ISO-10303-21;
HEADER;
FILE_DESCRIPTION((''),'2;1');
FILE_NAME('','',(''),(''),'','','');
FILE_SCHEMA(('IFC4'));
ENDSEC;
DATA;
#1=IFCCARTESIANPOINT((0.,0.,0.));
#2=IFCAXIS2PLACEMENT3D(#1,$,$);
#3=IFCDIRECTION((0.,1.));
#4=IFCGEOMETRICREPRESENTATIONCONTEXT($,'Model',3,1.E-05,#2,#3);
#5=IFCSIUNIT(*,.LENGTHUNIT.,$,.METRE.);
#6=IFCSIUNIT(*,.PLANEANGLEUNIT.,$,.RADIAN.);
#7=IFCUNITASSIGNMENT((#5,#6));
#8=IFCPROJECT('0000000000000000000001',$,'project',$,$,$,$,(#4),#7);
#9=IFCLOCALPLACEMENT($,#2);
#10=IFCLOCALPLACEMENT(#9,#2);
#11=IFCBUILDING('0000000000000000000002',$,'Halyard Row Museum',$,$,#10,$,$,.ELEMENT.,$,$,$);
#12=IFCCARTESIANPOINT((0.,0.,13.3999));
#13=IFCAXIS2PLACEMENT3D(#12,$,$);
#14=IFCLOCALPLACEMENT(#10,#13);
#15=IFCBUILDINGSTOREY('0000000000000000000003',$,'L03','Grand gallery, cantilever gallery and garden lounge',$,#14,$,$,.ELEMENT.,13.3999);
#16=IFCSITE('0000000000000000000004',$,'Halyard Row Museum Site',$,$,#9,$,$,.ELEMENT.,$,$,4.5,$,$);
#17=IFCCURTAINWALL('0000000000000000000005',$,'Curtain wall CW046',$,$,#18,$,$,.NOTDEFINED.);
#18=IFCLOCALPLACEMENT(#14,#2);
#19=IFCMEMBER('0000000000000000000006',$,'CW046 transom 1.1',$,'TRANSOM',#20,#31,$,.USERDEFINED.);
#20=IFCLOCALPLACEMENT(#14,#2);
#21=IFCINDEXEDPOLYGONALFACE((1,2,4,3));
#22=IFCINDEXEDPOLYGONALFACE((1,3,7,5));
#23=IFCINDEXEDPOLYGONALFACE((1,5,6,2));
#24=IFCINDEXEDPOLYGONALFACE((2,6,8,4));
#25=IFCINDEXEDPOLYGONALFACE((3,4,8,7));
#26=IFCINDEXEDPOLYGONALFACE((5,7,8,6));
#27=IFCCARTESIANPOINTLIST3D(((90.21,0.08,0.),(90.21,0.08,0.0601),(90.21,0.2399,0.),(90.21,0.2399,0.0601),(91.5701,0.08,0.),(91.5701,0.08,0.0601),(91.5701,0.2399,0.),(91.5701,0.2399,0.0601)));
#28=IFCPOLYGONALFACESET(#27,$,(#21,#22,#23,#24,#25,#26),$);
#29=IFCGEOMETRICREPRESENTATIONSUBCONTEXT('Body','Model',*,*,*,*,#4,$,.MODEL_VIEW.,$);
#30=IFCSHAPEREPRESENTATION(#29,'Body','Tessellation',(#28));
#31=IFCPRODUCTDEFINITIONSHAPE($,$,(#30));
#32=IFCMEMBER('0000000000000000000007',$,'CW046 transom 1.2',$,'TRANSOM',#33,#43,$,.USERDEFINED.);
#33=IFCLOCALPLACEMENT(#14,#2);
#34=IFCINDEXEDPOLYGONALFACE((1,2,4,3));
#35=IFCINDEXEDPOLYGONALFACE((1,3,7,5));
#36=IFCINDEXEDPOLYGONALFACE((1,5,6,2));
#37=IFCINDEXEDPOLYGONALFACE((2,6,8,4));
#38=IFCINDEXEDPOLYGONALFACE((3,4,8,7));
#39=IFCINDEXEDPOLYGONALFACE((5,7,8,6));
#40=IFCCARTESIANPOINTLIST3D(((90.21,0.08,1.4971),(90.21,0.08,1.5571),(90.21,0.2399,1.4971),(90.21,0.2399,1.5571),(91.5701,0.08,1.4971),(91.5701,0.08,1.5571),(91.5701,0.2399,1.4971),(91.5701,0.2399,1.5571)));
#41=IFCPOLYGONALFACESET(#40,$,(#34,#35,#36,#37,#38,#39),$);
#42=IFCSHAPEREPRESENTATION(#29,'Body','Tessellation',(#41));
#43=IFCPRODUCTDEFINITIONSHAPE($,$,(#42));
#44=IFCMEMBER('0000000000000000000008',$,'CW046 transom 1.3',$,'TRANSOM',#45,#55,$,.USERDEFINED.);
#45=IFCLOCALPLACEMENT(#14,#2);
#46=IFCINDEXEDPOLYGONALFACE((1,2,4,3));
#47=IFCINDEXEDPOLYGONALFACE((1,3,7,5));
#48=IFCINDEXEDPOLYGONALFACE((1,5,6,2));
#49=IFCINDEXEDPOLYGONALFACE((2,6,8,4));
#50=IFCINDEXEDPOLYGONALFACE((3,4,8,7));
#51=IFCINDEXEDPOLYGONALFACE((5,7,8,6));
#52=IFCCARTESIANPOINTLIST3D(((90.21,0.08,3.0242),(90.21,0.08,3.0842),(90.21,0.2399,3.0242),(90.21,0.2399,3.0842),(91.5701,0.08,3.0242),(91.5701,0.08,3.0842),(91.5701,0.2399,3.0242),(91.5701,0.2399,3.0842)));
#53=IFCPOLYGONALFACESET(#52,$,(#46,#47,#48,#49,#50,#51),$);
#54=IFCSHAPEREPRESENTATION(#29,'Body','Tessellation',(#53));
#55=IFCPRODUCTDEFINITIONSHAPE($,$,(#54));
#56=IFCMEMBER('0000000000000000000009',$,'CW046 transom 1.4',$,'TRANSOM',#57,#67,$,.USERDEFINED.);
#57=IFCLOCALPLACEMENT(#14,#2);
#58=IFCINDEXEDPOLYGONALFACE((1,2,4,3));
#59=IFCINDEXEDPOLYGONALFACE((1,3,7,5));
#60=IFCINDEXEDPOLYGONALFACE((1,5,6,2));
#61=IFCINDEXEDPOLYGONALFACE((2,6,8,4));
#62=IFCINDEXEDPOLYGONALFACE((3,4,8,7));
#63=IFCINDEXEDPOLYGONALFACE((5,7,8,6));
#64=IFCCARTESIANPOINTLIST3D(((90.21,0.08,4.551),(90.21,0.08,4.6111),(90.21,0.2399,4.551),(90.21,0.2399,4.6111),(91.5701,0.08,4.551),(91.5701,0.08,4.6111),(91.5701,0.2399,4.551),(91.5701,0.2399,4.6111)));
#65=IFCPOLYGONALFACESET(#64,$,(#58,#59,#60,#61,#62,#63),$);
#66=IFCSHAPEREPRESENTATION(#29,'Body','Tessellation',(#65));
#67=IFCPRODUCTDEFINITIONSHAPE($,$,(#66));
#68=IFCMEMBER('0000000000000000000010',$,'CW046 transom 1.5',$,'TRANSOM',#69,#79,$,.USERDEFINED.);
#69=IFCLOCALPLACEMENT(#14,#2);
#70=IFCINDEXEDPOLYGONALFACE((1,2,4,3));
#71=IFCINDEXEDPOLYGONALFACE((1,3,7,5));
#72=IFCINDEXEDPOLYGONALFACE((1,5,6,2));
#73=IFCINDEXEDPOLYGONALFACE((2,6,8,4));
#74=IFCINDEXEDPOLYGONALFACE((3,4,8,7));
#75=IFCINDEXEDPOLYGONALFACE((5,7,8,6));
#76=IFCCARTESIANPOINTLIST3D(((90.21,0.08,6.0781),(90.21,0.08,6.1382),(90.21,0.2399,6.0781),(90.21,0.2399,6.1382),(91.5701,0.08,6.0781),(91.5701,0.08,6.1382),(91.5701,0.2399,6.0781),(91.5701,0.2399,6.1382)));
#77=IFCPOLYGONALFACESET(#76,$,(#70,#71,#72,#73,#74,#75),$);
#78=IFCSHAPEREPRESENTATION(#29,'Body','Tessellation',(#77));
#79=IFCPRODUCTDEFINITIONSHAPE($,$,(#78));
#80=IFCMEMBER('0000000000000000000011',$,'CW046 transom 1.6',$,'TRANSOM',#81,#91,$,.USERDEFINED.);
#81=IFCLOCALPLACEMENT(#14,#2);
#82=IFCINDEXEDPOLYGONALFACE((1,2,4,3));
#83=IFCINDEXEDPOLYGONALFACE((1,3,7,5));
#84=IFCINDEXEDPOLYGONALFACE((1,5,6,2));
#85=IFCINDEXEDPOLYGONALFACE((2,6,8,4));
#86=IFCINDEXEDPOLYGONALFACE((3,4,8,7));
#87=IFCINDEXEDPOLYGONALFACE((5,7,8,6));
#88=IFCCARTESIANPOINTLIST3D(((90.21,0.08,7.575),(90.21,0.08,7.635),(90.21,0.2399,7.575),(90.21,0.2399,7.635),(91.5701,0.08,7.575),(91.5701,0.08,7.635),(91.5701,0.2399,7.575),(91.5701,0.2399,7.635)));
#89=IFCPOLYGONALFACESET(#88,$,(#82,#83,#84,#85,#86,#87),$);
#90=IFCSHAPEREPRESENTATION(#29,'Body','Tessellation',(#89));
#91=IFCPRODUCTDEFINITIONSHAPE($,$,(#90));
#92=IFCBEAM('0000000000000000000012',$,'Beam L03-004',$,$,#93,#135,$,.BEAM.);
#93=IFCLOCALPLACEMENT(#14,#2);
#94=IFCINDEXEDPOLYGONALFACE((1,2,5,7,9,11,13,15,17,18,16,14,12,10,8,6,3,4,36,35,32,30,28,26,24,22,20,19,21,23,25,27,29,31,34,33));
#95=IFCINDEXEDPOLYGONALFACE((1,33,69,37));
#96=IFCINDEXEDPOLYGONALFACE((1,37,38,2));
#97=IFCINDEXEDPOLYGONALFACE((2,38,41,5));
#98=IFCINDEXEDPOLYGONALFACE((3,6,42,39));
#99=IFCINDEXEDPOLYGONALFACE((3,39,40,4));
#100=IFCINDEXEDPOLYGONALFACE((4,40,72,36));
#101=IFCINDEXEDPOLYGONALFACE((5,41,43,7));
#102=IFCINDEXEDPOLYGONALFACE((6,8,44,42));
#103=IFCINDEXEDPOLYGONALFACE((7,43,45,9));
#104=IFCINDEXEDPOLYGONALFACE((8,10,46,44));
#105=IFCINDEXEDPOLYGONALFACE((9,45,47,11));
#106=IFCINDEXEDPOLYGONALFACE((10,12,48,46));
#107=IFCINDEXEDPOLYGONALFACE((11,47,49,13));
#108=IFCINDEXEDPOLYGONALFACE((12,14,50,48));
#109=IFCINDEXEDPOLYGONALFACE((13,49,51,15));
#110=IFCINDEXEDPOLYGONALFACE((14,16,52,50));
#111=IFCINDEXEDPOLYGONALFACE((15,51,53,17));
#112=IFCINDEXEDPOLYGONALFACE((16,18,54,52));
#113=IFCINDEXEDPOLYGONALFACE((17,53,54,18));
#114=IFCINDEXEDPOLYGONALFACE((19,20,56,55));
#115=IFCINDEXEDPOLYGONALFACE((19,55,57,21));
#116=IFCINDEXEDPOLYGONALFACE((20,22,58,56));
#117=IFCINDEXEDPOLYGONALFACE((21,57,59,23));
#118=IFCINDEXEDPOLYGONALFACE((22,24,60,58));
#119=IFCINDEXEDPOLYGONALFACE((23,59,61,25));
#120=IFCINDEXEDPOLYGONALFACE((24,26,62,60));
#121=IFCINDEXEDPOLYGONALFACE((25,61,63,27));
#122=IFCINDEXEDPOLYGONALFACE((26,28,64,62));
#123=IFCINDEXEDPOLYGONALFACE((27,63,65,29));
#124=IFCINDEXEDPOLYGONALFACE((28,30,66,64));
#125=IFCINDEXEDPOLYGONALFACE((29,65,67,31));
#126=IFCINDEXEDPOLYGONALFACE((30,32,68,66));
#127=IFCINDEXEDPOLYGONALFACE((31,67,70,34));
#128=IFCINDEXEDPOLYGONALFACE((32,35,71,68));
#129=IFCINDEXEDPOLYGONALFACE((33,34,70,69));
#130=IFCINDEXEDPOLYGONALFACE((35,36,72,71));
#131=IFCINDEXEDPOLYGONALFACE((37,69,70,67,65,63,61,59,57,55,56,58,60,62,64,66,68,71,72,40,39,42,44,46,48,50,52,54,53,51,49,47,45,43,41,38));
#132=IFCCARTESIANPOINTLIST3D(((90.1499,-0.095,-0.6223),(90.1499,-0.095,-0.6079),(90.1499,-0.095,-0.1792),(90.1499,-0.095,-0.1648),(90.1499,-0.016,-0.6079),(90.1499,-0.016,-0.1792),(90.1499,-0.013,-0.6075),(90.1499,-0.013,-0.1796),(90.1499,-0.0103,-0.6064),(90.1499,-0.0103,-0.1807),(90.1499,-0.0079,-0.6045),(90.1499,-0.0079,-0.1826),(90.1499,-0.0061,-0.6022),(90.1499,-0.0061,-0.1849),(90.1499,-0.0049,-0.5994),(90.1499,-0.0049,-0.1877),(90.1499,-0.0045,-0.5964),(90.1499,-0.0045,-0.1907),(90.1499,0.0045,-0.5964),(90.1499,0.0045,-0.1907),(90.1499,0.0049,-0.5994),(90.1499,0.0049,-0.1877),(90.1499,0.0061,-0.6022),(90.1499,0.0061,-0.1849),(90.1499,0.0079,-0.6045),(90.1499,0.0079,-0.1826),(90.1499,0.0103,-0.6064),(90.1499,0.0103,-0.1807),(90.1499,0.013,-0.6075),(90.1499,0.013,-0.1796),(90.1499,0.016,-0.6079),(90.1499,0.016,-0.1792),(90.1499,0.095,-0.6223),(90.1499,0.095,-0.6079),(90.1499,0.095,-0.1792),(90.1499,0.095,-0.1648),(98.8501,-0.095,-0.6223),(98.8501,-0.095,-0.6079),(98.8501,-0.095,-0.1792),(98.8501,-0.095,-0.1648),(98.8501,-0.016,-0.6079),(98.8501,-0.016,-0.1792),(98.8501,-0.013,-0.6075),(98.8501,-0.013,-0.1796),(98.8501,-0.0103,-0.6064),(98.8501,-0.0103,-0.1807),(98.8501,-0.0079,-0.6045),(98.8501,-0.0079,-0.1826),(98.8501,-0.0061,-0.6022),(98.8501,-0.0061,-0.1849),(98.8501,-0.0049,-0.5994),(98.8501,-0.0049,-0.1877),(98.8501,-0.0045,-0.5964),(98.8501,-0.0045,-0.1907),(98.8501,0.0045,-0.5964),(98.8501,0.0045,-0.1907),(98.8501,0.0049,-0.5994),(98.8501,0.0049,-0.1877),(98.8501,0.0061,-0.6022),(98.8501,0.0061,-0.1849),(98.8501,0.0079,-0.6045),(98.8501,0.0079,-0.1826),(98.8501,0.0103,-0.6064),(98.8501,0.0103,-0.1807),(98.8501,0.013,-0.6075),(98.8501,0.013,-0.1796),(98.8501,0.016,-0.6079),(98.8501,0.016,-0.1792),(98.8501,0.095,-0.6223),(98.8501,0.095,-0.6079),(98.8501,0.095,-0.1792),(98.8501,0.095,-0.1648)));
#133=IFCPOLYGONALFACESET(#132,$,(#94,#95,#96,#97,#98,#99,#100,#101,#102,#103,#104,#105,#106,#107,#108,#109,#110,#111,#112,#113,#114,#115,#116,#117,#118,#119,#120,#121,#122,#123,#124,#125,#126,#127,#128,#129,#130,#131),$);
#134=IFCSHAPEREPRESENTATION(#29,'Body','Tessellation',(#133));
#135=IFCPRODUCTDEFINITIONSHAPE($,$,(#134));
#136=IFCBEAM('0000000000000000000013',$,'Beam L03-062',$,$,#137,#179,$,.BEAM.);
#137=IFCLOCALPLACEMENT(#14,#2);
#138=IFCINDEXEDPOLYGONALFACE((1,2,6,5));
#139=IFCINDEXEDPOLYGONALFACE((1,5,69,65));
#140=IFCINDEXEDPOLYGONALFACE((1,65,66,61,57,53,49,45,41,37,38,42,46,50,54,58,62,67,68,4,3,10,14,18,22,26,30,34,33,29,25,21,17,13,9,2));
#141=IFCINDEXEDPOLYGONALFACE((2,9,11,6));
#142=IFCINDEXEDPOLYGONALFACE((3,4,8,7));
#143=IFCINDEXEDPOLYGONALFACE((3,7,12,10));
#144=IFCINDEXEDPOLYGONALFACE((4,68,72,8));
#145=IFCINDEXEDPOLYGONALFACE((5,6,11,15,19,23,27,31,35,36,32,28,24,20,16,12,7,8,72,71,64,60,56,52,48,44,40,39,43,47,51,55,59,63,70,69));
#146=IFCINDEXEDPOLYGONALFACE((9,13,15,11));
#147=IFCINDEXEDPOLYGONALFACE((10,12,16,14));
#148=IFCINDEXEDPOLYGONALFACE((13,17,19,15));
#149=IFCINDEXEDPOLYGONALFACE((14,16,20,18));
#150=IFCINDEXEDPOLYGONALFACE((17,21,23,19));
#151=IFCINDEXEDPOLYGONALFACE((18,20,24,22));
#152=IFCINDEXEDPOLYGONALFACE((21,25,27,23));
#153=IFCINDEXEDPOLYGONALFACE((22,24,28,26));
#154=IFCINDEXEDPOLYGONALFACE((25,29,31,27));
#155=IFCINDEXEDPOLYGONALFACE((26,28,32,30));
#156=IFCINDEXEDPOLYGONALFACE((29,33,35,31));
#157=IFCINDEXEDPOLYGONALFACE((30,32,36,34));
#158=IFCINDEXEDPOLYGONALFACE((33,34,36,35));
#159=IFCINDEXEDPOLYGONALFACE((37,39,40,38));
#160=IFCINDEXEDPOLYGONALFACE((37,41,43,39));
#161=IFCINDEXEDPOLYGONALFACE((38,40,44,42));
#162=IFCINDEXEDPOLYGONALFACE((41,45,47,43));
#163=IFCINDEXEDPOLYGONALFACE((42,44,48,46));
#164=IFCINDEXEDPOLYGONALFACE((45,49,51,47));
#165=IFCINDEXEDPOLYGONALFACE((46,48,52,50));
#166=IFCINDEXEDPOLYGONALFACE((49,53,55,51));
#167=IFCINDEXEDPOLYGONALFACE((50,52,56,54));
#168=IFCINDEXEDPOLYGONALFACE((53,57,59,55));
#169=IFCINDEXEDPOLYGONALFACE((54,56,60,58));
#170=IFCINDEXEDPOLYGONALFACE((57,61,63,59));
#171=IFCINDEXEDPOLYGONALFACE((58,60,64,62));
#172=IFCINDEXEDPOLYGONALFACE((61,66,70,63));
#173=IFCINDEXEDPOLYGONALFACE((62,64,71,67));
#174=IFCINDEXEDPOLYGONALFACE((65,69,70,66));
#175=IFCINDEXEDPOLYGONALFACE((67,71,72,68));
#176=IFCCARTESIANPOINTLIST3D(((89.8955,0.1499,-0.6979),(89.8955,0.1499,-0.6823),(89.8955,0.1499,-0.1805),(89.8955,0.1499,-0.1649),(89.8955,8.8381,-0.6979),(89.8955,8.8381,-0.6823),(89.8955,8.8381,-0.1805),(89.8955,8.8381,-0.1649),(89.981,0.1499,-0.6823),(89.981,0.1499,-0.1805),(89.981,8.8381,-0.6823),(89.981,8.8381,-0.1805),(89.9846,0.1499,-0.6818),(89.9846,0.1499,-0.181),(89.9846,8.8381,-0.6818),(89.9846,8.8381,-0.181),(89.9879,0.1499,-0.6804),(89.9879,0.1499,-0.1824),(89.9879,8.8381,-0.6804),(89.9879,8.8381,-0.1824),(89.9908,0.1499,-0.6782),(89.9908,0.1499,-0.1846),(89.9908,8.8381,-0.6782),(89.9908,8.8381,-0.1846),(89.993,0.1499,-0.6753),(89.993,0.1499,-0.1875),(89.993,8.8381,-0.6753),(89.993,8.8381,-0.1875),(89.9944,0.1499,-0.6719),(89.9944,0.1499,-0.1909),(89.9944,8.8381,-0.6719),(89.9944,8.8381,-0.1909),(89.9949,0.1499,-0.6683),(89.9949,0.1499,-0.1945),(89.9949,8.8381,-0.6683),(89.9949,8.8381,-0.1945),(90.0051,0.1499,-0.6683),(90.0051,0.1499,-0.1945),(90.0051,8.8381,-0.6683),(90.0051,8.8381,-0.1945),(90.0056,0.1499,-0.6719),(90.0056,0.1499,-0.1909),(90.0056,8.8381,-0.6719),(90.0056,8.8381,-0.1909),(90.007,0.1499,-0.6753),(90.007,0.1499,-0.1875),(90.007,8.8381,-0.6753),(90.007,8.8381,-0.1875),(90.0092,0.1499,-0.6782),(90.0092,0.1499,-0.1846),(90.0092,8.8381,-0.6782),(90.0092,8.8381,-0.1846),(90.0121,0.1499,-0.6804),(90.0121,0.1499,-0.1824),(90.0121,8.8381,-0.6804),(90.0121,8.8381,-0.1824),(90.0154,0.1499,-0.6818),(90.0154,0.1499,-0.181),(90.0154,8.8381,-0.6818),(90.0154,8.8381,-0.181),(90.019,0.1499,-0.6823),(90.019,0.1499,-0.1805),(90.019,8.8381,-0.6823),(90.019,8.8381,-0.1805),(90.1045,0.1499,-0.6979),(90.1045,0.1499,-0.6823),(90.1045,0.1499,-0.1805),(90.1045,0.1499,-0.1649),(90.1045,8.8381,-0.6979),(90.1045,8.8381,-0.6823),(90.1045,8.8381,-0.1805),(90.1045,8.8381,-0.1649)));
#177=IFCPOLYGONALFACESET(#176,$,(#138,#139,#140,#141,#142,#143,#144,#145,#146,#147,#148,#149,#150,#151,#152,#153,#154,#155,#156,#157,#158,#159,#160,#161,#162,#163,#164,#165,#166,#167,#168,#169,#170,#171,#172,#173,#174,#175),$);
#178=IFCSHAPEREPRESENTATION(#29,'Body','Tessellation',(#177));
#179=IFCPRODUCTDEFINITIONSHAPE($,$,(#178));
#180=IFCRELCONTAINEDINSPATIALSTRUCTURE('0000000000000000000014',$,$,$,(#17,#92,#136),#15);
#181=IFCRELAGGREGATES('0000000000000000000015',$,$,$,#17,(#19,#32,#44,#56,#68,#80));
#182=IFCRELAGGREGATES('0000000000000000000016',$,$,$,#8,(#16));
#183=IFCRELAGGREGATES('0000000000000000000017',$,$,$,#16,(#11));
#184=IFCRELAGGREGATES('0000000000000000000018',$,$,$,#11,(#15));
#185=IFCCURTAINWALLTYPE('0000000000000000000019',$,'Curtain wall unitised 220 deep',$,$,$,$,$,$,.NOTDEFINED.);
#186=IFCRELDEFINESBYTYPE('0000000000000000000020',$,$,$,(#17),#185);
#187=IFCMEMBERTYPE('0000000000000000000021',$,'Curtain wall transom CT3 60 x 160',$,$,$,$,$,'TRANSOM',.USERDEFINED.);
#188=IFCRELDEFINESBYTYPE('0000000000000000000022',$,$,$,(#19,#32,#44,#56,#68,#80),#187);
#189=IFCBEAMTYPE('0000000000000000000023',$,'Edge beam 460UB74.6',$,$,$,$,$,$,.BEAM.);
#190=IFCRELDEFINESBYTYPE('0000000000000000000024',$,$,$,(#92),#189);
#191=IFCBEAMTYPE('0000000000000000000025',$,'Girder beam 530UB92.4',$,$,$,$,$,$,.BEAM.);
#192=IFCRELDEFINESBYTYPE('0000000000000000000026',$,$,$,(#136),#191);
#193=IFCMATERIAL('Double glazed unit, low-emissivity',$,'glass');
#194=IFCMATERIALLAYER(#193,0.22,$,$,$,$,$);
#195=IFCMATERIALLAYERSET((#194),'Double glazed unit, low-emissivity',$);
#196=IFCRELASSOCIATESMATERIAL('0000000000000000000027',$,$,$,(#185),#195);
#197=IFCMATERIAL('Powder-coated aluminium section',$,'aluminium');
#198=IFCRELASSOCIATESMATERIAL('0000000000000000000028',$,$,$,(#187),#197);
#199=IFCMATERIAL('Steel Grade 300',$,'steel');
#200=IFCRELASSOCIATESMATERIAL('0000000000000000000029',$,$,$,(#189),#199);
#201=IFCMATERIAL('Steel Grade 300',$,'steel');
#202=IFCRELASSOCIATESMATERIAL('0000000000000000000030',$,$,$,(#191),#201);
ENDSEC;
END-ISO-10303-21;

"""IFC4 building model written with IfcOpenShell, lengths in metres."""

from ifc_helpers import new_model, si_unit, direction, frame, origin, origin_2d, place, context, subcontext, project, spatial, rectangle, i_section, extrude, material, layer, layer_set, material_profile, profile_set, type_object, element, aggregate, save


model = new_model("IFC4")

# Units and contexts
model_context = context("Model", 3, precision=1e-05, world=origin(), true_north=direction((0.0, 1.0)))
body_context = subcontext(model_context, "Body", "Model", "MODEL_VIEW")
ifc_project = project(units=[si_unit("LENGTHUNIT", "METRE"), si_unit("PLANEANGLEUNIT", "RADIAN")], contexts=[model_context])

# Site, building, storey
site_placement = place(None, origin())
site = spatial("IfcSite", under=ifc_project, at=site_placement, Name="Halyard Row Museum Site", CompositionType="ELEMENT", RefElevation=4.5)
building_placement = place(site_placement, origin())
building = spatial("IfcBuilding", under=site, at=building_placement, Name="Halyard Row Museum", CompositionType="ELEMENT")
storey_placement = place(building_placement, frame((0.0, 0.0, 13.3999)))
storey = spatial("IfcBuildingStorey", under=building, at=storey_placement, Name="L03", Description="Grand gallery, cantilever gallery and garden lounge", CompositionType="ELEMENT", Elevation=13.3999)

# Shared definitions
ifc_material_1 = material(Name="Double glazed unit, low-emissivity", Category="glass")
ifc_layer_1 = layer(ifc_material_1, 0.22)
ifc_layer_set_1 = layer_set([ifc_layer_1], Name="Double glazed unit, low-emissivity")
curtain_wall_type = type_object("IfcCurtainWallType", Name="Curtain wall unitised 220 deep", PredefinedType="NOTDEFINED", material=ifc_layer_set_1)

# Curtain wall
curtain_wall_1_placement = place(storey_placement, origin())
curtain_wall_1 = element("IfcCurtainWall", 1, at=curtain_wall_1_placement, inside=storey, type_object=curtain_wall_type, Name="Curtain wall CW046", PredefinedType="NOTDEFINED")

# Members
ifc_material_2 = material(Name="Powder-coated aluminium section", Category="aluminium")
ifc_material_profile_1 = material_profile(ifc_material_2, rectangle(XDim=0.1599, YDim=0.0601, at=origin_2d()), Name="160x60 transom")
ifc_profile_set_1 = profile_set([ifc_material_profile_1], Name="Powder-coated aluminium section")
member_type_1 = type_object("IfcMemberType", Name="Curtain wall transom CT3 60 x 160", ElementType="TRANSOM", PredefinedType="USERDEFINED", material=ifc_profile_set_1)
member_1_placement = place(storey_placement, frame((90.21, 0.1599, 0.03), z_axis=(1.0, 0.0, 0.0), x_axis=(0.0, 1.0, 0.0)))
member_1 = element("IfcMember", 2, at=member_1_placement, type_object=member_type_1, Name="CW046 transom 1.1", ObjectType="TRANSOM", PredefinedType="USERDEFINED", context=body_context, shape_type="SweptSolid", body=[
    extrude(rectangle(XDim=0.1599, YDim=0.0601, at=origin_2d()), origin(), (0.0, 0.0, 1.0), 1.3601),
])
member_2_placement = place(storey_placement, frame((90.21, 0.1599, 1.5271), z_axis=(1.0, 0.0, 0.0), x_axis=(0.0, 1.0, 0.0)))
member_2 = element("IfcMember", 3, at=member_2_placement, type_object=member_type_1, Name="CW046 transom 1.2", ObjectType="TRANSOM", PredefinedType="USERDEFINED", context=body_context, shape_type="SweptSolid", body=[
    extrude(rectangle(XDim=0.1599, YDim=0.0601, at=origin_2d()), origin(), (0.0, 0.0, 1.0), 1.3601),
])
member_3_placement = place(storey_placement, frame((90.21, 0.1599, 3.0542), z_axis=(1.0, 0.0, 0.0), x_axis=(0.0, 1.0, 0.0)))
member_3 = element("IfcMember", 4, at=member_3_placement, type_object=member_type_1, Name="CW046 transom 1.3", ObjectType="TRANSOM", PredefinedType="USERDEFINED", context=body_context, shape_type="SweptSolid", body=[
    extrude(rectangle(XDim=0.1599, YDim=0.0601, at=origin_2d()), origin(), (0.0, 0.0, 1.0), 1.3601),
])
member_4_placement = place(storey_placement, frame((90.21, 0.1599, 4.5811), z_axis=(1.0, 0.0, 0.0), x_axis=(0.0, 1.0, 0.0)))
member_4 = element("IfcMember", 5, at=member_4_placement, type_object=member_type_1, Name="CW046 transom 1.4", ObjectType="TRANSOM", PredefinedType="USERDEFINED", context=body_context, shape_type="SweptSolid", body=[
    extrude(rectangle(XDim=0.1599, YDim=0.0601, at=origin_2d()), origin(), (0.0, 0.0, 1.0), 1.3601),
])
member_5_placement = place(storey_placement, frame((90.21, 0.1599, 6.1082), z_axis=(1.0, 0.0, 0.0), x_axis=(0.0, 1.0, 0.0)))
member_5 = element("IfcMember", 6, at=member_5_placement, type_object=member_type_1, Name="CW046 transom 1.5", ObjectType="TRANSOM", PredefinedType="USERDEFINED", context=body_context, shape_type="SweptSolid", body=[
    extrude(rectangle(XDim=0.1599, YDim=0.0601, at=origin_2d()), origin(), (0.0, 0.0, 1.0), 1.3601),
])
member_6_placement = place(storey_placement, frame((90.21, 0.1599, 7.605), z_axis=(1.0, 0.0, 0.0), x_axis=(0.0, 1.0, 0.0)))
member_6 = element("IfcMember", 7, at=member_6_placement, type_object=member_type_1, Name="CW046 transom 1.6", ObjectType="TRANSOM", PredefinedType="USERDEFINED", context=body_context, shape_type="SweptSolid", body=[
    extrude(rectangle(XDim=0.1599, YDim=0.0601, at=origin_2d()), origin(), (0.0, 0.0, 1.0), 1.3601),
])

# Beams
ifc_material_3 = material(Name="Steel Grade 300", Category="steel")
ifc_material_profile_2 = material_profile(ifc_material_3, i_section(OverallWidth=0.1899, OverallDepth=0.4575, WebThickness=0.009, FlangeThickness=0.0144, FilletRadius=0.0115, at=origin_2d()), Name="460UB74.6")
ifc_profile_set_2 = profile_set([ifc_material_profile_2], Name="Steel Grade 300")
beam_type_1 = type_object("IfcBeamType", Name="Edge beam 460UB74.6", PredefinedType="BEAM", material=ifc_profile_set_2)
beam_1_placement = place(storey_placement, frame((90.1499, 0.0, -0.3936), z_axis=(1.0, 0.0, 0.0), x_axis=(0.0, 1.0, 0.0)))
element("IfcBeam", 8, at=beam_1_placement, inside=storey, type_object=beam_type_1, Name="Beam L03-004", PredefinedType="BEAM", context=body_context, shape_type="SweptSolid", body=[
    extrude(i_section(OverallWidth=0.1899, OverallDepth=0.4575, WebThickness=0.009, FlangeThickness=0.0144, FilletRadius=0.0115, at=origin_2d()), origin(), (0.0, 0.0, 1.0), 8.7002),
])
ifc_material_4 = material(Name="Steel Grade 300", Category="steel")
ifc_material_profile_3 = material_profile(ifc_material_4, i_section(OverallWidth=0.209, OverallDepth=0.533, WebThickness=0.0103, FlangeThickness=0.0156, FilletRadius=0.0139, at=origin_2d()), Name="530UB92.4")
ifc_profile_set_3 = profile_set([ifc_material_profile_3], Name="Steel Grade 300")
beam_type_2 = type_object("IfcBeamType", Name="Girder beam 530UB92.4", PredefinedType="BEAM", material=ifc_profile_set_3)
beam_2_placement = place(storey_placement, frame((90.0, 0.1499, -0.4314), z_axis=(0.0, 1.0, 0.0), x_axis=(-1.0, 0.0, 0.0)))
element("IfcBeam", 9, at=beam_2_placement, inside=storey, type_object=beam_type_2, Name="Beam L03-062", PredefinedType="BEAM", context=body_context, shape_type="SweptSolid", body=[
    extrude(i_section(OverallWidth=0.209, OverallDepth=0.533, WebThickness=0.0103, FlangeThickness=0.0156, FilletRadius=0.0139, at=origin_2d()), origin(), (0.0, 0.0, 1.0), 8.6882),
])

aggregate(curtain_wall_1, [member_1, member_2, member_3, member_4, member_5, member_6])

save(model, "model.ifc")
